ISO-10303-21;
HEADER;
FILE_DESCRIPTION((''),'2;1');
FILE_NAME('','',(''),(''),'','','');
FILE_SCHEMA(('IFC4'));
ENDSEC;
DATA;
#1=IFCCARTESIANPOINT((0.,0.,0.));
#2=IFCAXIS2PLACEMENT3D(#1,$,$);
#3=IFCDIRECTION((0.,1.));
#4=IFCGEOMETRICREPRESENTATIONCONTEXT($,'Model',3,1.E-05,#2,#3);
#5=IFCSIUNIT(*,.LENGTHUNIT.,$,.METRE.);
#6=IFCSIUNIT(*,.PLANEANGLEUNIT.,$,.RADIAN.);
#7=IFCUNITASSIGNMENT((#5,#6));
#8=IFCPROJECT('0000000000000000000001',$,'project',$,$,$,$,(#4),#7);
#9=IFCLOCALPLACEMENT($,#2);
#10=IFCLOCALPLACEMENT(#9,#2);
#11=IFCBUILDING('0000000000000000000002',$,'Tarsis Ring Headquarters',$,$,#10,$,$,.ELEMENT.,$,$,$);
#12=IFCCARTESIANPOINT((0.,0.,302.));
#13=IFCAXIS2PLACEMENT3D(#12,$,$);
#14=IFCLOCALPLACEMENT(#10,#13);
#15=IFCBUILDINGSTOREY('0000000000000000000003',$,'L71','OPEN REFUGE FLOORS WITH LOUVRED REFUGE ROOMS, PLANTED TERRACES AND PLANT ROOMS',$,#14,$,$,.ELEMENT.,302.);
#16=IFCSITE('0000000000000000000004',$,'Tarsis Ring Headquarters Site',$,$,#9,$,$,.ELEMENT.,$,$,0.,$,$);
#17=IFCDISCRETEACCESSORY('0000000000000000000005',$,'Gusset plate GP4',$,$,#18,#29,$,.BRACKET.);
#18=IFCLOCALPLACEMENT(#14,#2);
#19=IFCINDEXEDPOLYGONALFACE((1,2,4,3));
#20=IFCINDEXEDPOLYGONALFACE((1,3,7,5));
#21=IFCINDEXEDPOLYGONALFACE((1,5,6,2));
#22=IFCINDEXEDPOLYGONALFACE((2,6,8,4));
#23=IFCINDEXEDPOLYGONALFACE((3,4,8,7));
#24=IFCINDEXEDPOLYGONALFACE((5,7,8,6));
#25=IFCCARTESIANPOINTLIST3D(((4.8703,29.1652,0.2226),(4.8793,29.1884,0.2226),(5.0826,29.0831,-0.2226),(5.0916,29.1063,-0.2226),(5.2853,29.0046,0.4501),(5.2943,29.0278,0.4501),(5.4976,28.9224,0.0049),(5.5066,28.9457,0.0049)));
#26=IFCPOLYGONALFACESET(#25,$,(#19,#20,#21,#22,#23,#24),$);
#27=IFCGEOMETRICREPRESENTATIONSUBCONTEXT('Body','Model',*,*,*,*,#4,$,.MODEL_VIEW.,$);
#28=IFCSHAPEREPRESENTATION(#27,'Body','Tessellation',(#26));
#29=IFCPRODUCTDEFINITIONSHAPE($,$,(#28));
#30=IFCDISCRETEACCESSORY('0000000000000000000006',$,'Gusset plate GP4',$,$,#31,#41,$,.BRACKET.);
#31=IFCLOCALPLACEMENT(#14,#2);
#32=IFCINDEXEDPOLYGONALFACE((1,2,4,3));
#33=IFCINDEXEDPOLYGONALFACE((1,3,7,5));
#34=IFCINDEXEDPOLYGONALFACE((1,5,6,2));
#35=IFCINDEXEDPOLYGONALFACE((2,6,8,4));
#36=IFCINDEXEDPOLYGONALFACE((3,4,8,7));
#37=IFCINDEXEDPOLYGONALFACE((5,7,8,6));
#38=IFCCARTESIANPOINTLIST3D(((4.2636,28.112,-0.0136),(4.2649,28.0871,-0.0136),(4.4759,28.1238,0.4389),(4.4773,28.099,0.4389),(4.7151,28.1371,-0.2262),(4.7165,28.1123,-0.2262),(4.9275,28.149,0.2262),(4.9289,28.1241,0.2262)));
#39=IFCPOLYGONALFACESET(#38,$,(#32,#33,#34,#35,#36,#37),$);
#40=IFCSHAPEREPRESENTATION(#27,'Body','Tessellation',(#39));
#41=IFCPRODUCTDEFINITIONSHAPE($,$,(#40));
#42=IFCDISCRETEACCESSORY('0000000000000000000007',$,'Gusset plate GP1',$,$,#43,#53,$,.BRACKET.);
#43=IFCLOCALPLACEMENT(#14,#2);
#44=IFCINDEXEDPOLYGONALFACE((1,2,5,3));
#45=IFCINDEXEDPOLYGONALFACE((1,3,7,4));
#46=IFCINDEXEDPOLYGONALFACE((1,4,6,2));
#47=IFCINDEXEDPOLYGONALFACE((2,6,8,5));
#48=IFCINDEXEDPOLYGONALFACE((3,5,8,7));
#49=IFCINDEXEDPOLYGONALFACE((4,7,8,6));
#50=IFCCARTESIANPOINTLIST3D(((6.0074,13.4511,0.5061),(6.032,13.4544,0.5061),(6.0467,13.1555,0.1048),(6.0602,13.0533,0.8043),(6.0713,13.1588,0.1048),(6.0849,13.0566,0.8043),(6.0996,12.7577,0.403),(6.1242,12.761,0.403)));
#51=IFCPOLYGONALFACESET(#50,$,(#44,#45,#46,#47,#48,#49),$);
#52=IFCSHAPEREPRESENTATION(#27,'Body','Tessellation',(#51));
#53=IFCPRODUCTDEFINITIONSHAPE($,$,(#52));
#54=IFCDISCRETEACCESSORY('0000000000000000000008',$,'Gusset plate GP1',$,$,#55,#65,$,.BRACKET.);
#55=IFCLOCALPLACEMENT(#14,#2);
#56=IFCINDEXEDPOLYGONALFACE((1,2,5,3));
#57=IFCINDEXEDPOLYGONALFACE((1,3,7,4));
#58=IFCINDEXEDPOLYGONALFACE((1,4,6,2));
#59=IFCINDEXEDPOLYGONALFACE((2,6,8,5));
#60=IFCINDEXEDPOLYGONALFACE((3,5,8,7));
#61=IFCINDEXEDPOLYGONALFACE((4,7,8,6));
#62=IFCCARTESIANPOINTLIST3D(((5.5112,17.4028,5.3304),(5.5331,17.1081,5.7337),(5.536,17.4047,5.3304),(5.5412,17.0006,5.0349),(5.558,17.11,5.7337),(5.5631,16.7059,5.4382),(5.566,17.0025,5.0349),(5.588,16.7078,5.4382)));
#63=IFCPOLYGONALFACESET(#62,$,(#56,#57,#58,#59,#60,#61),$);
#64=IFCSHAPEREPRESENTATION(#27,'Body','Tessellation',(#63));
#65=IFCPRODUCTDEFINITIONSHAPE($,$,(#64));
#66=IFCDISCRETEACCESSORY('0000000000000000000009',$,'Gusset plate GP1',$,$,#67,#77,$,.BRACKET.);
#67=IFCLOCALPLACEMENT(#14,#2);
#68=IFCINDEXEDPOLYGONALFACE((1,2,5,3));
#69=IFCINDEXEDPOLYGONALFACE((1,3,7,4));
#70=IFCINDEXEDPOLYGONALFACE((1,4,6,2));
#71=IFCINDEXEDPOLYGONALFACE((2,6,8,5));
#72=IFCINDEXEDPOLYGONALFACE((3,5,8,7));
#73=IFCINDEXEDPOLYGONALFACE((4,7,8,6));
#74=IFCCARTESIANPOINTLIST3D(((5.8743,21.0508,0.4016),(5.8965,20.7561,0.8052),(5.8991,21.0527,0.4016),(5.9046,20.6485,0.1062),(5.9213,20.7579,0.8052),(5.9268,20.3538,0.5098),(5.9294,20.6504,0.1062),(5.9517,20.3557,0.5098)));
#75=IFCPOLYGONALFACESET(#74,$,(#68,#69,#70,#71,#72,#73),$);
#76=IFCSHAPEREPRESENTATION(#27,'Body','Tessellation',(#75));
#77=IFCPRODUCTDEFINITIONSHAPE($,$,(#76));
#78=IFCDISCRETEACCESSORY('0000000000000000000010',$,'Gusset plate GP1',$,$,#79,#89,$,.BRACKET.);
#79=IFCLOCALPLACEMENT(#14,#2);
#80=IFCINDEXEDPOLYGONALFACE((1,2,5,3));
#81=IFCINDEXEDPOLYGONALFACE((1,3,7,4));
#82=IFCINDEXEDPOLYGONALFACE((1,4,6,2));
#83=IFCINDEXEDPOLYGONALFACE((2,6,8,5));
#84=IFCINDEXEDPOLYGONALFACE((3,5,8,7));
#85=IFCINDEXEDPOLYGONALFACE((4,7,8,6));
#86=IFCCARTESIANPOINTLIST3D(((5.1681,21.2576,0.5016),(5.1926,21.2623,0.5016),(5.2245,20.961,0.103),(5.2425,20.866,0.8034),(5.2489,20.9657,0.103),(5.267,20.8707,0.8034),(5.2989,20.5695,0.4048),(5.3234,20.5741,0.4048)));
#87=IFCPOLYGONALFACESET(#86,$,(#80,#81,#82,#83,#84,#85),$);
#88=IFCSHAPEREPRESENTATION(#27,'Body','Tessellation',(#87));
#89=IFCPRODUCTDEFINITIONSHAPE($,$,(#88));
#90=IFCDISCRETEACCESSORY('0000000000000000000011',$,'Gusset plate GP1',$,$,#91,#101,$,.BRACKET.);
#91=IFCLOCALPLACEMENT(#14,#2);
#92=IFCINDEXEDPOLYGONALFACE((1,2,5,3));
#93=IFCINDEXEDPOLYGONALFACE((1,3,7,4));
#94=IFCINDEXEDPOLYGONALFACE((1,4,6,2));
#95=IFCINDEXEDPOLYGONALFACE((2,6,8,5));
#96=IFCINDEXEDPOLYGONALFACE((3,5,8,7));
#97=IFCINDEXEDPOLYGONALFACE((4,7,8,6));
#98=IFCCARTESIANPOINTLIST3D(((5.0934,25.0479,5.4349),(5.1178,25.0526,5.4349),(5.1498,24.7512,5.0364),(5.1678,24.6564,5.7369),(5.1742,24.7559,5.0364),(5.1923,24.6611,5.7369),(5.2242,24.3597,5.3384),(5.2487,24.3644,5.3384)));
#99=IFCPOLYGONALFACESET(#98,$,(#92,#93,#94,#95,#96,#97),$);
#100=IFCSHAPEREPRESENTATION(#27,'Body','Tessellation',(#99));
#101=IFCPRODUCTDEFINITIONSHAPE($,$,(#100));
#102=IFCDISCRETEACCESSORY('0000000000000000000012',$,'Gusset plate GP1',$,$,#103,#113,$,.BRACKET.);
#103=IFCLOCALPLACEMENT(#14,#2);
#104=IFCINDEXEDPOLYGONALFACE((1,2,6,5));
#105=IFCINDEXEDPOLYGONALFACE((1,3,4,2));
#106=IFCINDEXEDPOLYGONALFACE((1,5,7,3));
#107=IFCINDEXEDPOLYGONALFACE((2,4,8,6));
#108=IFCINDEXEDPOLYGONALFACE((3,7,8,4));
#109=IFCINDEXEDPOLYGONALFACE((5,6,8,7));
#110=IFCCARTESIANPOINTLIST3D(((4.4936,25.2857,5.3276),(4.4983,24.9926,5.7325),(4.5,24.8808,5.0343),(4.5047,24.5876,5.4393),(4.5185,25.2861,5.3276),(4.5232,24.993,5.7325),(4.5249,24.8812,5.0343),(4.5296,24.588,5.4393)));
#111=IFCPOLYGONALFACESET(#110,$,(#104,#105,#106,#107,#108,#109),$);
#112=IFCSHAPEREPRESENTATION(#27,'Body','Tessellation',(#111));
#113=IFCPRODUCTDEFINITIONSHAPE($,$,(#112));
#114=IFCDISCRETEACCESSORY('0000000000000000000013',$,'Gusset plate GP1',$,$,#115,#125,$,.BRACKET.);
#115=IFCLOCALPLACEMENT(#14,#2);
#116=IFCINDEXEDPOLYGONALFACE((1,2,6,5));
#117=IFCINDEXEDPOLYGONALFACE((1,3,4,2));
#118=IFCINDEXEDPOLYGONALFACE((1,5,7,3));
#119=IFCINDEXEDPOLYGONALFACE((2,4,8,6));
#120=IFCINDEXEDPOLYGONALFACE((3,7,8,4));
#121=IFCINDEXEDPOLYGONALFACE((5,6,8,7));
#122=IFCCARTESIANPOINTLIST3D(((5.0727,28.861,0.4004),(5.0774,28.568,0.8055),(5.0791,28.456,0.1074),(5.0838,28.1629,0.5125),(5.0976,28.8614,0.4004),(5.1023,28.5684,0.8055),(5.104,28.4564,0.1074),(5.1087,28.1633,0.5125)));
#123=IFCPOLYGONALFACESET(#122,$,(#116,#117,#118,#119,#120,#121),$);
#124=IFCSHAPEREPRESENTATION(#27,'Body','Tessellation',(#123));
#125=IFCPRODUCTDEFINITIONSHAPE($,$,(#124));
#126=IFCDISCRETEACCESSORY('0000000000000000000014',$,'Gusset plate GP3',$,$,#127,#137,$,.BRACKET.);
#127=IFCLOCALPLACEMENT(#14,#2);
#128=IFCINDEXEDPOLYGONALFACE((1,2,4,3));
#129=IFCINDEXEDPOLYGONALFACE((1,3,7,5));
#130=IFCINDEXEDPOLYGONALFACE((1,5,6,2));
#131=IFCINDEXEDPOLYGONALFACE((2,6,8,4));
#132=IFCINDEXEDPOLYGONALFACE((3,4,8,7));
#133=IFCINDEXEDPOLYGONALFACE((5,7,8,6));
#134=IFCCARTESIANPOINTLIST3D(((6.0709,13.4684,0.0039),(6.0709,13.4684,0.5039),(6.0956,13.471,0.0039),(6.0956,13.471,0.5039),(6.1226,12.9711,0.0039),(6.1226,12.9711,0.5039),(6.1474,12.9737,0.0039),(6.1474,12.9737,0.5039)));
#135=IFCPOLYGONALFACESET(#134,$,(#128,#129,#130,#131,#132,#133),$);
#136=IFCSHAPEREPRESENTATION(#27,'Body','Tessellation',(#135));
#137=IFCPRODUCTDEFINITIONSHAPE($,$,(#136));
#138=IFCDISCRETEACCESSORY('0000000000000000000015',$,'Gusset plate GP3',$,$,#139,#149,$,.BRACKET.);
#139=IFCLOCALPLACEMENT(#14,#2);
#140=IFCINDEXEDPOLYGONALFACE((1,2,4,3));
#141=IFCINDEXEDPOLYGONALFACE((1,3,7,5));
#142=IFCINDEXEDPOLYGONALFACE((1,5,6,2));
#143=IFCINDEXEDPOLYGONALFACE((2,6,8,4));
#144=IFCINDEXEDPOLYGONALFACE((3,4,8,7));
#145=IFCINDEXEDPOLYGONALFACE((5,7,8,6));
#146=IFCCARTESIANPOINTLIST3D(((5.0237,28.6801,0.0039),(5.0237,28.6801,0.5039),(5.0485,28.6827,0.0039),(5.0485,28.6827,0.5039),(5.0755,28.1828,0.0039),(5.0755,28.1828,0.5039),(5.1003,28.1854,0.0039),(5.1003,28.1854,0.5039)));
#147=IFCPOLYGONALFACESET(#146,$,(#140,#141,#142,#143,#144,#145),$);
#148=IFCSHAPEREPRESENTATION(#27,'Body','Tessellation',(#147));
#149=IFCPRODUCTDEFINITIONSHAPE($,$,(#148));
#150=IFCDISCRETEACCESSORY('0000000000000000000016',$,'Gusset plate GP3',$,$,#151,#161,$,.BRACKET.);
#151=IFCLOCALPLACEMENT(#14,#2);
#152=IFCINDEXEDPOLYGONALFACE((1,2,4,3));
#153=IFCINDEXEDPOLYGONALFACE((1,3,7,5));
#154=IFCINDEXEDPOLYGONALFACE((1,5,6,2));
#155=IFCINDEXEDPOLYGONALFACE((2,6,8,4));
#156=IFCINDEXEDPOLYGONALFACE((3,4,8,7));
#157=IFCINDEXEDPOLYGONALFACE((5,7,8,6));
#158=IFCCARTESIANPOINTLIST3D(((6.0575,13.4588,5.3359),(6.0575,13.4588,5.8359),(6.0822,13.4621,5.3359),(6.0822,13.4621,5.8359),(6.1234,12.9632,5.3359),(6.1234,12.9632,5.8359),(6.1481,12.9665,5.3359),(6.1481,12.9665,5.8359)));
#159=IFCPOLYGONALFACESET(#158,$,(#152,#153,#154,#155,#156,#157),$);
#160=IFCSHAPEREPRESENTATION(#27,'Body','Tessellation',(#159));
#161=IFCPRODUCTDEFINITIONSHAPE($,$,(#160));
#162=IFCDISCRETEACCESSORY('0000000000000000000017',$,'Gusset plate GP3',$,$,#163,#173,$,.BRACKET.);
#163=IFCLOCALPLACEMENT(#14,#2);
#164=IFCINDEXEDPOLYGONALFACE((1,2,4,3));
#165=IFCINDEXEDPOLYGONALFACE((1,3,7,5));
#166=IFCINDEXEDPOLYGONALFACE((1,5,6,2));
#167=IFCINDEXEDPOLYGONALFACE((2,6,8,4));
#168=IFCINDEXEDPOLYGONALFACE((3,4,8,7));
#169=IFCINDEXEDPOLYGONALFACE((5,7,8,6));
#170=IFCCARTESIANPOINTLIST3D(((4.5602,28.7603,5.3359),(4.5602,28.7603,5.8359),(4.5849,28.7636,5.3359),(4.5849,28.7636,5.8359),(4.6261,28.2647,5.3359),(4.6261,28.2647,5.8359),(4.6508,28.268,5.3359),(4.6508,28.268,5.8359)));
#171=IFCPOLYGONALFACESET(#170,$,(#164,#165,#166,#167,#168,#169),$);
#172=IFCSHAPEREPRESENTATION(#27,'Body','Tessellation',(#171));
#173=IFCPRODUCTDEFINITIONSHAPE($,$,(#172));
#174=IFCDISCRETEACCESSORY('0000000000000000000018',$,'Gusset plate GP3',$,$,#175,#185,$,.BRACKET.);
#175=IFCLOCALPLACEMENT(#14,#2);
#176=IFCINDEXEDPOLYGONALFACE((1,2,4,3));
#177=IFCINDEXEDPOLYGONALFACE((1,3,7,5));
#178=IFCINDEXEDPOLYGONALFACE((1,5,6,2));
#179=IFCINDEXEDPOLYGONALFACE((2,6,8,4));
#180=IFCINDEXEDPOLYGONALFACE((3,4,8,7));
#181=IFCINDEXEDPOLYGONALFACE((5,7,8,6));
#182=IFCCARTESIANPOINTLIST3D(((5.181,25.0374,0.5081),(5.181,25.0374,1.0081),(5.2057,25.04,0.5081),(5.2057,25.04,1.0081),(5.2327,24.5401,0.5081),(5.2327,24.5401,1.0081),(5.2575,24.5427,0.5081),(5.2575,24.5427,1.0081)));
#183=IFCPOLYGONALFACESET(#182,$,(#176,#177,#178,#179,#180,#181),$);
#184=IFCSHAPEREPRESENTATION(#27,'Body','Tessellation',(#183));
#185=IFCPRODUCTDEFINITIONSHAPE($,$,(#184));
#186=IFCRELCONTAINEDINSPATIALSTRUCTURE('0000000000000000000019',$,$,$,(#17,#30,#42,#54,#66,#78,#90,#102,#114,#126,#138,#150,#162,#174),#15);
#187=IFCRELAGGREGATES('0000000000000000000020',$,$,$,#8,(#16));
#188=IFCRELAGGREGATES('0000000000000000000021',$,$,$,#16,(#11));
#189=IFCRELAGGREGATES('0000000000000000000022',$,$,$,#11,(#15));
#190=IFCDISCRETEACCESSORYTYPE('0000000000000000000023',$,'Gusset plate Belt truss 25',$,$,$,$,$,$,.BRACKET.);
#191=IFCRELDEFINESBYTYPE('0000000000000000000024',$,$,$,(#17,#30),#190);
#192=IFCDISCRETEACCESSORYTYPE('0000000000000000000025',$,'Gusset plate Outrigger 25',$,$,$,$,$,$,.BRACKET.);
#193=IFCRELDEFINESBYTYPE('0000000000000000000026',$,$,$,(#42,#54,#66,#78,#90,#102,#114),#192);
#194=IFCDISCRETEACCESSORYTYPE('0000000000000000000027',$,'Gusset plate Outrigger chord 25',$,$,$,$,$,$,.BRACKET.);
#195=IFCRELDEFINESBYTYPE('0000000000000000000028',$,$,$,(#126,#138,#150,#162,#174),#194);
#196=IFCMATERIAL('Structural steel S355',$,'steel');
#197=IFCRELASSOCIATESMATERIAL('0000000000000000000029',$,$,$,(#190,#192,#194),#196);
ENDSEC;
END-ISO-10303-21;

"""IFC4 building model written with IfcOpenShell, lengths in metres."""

from ifc_helpers import new_model, si_unit, direction, frame, origin, origin_2d, place, context, subcontext, project, spatial, rectangle, extrude, material, material_profile, profile_set, type_object, element, save


model = new_model("IFC4")

# Units and contexts
model_context = context("Model", 3, precision=1e-05, world=origin(), true_north=direction((0.0, 1.0)))
body_context = subcontext(model_context, "Body", "Model", "MODEL_VIEW")
ifc_project = project(units=[si_unit("LENGTHUNIT", "METRE"), si_unit("PLANEANGLEUNIT", "RADIAN")], contexts=[model_context])

# Site, building, storey
site_placement = place(None, origin())
site = spatial("IfcSite", under=ifc_project, at=site_placement, Name="Tarsis Ring Headquarters Site", CompositionType="ELEMENT", RefElevation=0.0)
building_placement = place(site_placement, origin())
building = spatial("IfcBuilding", under=site, at=building_placement, Name="Tarsis Ring Headquarters", CompositionType="ELEMENT")
storey_placement = place(building_placement, frame((0.0, 0.0, 302.0)))
storey = spatial("IfcBuildingStorey", under=building, at=storey_placement, Name="L71", Description="OPEN REFUGE FLOORS WITH LOUVRED REFUGE ROOMS, PLANTED TERRACES AND PLANT ROOMS", CompositionType="ELEMENT", Elevation=302.0)

# Shared definitions
ifc_material_1 = material(Name="Structural steel S355", Category="steel")

# Discrete accessories
ifc_material_profile_1 = material_profile(ifc_material_1, rectangle(XDim=0.0249, YDim=0.5, at=origin_2d()), Name="PL 25x500")
ifc_profile_set_1 = profile_set([ifc_material_profile_1], Name="Structural steel S355")
discrete_accessory_type_1 = type_object("IfcDiscreteAccessoryType", Name="Gusset plate Belt truss 25", PredefinedType="BRACKET", material=ifc_profile_set_1)
for number, where, z_axis, x_axis, name in (
    (1, (4.981, 29.1357, 0.0), (0.830347, -0.321393, 0.455226), (0.360963, 0.93258, 0.0), "Gusset plate GP4"),
    (2, (4.822, 28.1306, 0.0), (-0.903595, -0.050308, 0.425423), (0.05559, -0.998454, 0.0), "Gusset plate GP4"),
):
    element("IfcDiscreteAccessory", number, at=place(storey_placement, frame(where, z_axis=z_axis, x_axis=x_axis)), inside=storey, type_object=discrete_accessory_type_1, Name=name, PredefinedType="BRACKET", context=body_context, shape_type="SweptSolid", body=[
        extrude(rectangle(XDim=0.0249, YDim=0.5, at=origin_2d()), origin(), (0.0, 0.0, 1.0), 0.4998),
    ])
discrete_accessory_type_2 = type_object("IfcDiscreteAccessoryType", Name="Gusset plate Outrigger 25", PredefinedType="BRACKET", material=ifc_profile_set_1)
for number, where, z_axis, x_axis, name in (
    (3, (6.0854, 12.9583, 0.2539), (-0.078605, 0.591247, 0.802651), (-0.991278, -0.131788, 0.0), "Gusset plate GP1"),
    (4, (5.5605, 16.908, 5.5859), (-0.043947, 0.589373, -0.806665), (-0.997232, -0.074359, 0.0), "Gusset plate GP1"),
):
    element("IfcDiscreteAccessory", number, at=place(storey_placement, frame(where, z_axis=z_axis, x_axis=x_axis)), inside=storey, type_object=discrete_accessory_type_2, Name=name, PredefinedType="BRACKET", context=body_context, shape_type="SweptSolid", body=[
        extrude(rectangle(XDim=0.0249, YDim=0.5, at=origin_2d()), origin(), (0.0, 0.0, 1.0), 0.5),
    ])
discrete_accessory_placement = place(storey_placement, frame((5.9019, 20.8506, 0.2539), z_axis=(0.044416, -0.589128, 0.806818), x_axis=(0.99717, 0.07518, 0.0)))
element("IfcDiscreteAccessory", 5, at=discrete_accessory_placement, inside=storey, type_object=discrete_accessory_type_2, Name="Gusset plate GP1", PredefinedType="BRACKET", context=body_context, shape_type="SweptSolid", body=[
    extrude(rectangle(XDim=0.0249, YDim=0.5, at=origin_2d()), origin(), (0.0, 0.0, 1.0), 0.5002),
])
for number, where, z_axis, x_axis, name in (
    (6, (5.2739, 20.7676, 0.2539), (-0.112766, 0.593122, 0.797176), (-0.982402, -0.186778, 0.0), "Gusset plate GP1"),
    (7, (5.1428, 24.8545, 5.5859), (0.11281, -0.593353, -0.796998), (0.982402, 0.186778, 0.0), "Gusset plate GP1"),
    (8, (4.5139, 24.7903, 5.5859), (-0.009277, 0.586374, -0.809987), (-0.999875, -0.015818, 0.0), "Gusset plate GP1"),
    (9, (5.0884, 28.6587, 0.2539), (0.009279, -0.586054, 0.810219), (0.999875, 0.015831, 0.0), "Gusset plate GP1"),
):
    element("IfcDiscreteAccessory", number, at=place(storey_placement, frame(where, z_axis=z_axis, x_axis=x_axis)), inside=storey, type_object=discrete_accessory_type_2, Name=name, PredefinedType="BRACKET", context=body_context, shape_type="SweptSolid", body=[
        extrude(rectangle(XDim=0.0249, YDim=0.5, at=origin_2d()), origin(), (0.0, 0.0, 1.0), 0.5),
    ])
discrete_accessory_type_3 = type_object("IfcDiscreteAccessoryType", Name="Gusset plate Outrigger chord 25", PredefinedType="BRACKET", material=ifc_profile_set_1)
for number, where, z_axis, x_axis, name in (
    (10, (6.135, 12.9724, 0.2539), (-0.103516, 0.994628, 0.0), (-0.994628, -0.103516, 0.0), "Gusset plate GP3"),
    (11, (5.0361, 28.6814, 0.2539), (0.103516, -0.994628, 0.0), (0.994628, 0.103516, 0.0), "Gusset plate GP3"),
    (12, (6.1357, 12.9648, 5.5859), (-0.131844, 0.99127, 0.0), (-0.99127, -0.131844, 0.0), "Gusset plate GP3"),
    (13, (4.5725, 28.762, 5.5859), (0.131844, -0.99127, 0.0), (0.99127, 0.131844, 0.0), "Gusset plate GP3"),
    (14, (5.2192, 24.79, 0.5081), (0.0, 0.0, 1.0), (0.99463, 0.103499, 0.0), "Gusset plate GP3"),
):
    element("IfcDiscreteAccessory", number, at=place(storey_placement, frame(where, z_axis=z_axis, x_axis=x_axis)), inside=storey, type_object=discrete_accessory_type_3, Name=name, PredefinedType="BRACKET", context=body_context, shape_type="SweptSolid", body=[
        extrude(rectangle(XDim=0.0249, YDim=0.5, at=origin_2d()), origin(), (0.0, 0.0, 1.0), 0.5),
    ])

save(model, "model.ifc")
